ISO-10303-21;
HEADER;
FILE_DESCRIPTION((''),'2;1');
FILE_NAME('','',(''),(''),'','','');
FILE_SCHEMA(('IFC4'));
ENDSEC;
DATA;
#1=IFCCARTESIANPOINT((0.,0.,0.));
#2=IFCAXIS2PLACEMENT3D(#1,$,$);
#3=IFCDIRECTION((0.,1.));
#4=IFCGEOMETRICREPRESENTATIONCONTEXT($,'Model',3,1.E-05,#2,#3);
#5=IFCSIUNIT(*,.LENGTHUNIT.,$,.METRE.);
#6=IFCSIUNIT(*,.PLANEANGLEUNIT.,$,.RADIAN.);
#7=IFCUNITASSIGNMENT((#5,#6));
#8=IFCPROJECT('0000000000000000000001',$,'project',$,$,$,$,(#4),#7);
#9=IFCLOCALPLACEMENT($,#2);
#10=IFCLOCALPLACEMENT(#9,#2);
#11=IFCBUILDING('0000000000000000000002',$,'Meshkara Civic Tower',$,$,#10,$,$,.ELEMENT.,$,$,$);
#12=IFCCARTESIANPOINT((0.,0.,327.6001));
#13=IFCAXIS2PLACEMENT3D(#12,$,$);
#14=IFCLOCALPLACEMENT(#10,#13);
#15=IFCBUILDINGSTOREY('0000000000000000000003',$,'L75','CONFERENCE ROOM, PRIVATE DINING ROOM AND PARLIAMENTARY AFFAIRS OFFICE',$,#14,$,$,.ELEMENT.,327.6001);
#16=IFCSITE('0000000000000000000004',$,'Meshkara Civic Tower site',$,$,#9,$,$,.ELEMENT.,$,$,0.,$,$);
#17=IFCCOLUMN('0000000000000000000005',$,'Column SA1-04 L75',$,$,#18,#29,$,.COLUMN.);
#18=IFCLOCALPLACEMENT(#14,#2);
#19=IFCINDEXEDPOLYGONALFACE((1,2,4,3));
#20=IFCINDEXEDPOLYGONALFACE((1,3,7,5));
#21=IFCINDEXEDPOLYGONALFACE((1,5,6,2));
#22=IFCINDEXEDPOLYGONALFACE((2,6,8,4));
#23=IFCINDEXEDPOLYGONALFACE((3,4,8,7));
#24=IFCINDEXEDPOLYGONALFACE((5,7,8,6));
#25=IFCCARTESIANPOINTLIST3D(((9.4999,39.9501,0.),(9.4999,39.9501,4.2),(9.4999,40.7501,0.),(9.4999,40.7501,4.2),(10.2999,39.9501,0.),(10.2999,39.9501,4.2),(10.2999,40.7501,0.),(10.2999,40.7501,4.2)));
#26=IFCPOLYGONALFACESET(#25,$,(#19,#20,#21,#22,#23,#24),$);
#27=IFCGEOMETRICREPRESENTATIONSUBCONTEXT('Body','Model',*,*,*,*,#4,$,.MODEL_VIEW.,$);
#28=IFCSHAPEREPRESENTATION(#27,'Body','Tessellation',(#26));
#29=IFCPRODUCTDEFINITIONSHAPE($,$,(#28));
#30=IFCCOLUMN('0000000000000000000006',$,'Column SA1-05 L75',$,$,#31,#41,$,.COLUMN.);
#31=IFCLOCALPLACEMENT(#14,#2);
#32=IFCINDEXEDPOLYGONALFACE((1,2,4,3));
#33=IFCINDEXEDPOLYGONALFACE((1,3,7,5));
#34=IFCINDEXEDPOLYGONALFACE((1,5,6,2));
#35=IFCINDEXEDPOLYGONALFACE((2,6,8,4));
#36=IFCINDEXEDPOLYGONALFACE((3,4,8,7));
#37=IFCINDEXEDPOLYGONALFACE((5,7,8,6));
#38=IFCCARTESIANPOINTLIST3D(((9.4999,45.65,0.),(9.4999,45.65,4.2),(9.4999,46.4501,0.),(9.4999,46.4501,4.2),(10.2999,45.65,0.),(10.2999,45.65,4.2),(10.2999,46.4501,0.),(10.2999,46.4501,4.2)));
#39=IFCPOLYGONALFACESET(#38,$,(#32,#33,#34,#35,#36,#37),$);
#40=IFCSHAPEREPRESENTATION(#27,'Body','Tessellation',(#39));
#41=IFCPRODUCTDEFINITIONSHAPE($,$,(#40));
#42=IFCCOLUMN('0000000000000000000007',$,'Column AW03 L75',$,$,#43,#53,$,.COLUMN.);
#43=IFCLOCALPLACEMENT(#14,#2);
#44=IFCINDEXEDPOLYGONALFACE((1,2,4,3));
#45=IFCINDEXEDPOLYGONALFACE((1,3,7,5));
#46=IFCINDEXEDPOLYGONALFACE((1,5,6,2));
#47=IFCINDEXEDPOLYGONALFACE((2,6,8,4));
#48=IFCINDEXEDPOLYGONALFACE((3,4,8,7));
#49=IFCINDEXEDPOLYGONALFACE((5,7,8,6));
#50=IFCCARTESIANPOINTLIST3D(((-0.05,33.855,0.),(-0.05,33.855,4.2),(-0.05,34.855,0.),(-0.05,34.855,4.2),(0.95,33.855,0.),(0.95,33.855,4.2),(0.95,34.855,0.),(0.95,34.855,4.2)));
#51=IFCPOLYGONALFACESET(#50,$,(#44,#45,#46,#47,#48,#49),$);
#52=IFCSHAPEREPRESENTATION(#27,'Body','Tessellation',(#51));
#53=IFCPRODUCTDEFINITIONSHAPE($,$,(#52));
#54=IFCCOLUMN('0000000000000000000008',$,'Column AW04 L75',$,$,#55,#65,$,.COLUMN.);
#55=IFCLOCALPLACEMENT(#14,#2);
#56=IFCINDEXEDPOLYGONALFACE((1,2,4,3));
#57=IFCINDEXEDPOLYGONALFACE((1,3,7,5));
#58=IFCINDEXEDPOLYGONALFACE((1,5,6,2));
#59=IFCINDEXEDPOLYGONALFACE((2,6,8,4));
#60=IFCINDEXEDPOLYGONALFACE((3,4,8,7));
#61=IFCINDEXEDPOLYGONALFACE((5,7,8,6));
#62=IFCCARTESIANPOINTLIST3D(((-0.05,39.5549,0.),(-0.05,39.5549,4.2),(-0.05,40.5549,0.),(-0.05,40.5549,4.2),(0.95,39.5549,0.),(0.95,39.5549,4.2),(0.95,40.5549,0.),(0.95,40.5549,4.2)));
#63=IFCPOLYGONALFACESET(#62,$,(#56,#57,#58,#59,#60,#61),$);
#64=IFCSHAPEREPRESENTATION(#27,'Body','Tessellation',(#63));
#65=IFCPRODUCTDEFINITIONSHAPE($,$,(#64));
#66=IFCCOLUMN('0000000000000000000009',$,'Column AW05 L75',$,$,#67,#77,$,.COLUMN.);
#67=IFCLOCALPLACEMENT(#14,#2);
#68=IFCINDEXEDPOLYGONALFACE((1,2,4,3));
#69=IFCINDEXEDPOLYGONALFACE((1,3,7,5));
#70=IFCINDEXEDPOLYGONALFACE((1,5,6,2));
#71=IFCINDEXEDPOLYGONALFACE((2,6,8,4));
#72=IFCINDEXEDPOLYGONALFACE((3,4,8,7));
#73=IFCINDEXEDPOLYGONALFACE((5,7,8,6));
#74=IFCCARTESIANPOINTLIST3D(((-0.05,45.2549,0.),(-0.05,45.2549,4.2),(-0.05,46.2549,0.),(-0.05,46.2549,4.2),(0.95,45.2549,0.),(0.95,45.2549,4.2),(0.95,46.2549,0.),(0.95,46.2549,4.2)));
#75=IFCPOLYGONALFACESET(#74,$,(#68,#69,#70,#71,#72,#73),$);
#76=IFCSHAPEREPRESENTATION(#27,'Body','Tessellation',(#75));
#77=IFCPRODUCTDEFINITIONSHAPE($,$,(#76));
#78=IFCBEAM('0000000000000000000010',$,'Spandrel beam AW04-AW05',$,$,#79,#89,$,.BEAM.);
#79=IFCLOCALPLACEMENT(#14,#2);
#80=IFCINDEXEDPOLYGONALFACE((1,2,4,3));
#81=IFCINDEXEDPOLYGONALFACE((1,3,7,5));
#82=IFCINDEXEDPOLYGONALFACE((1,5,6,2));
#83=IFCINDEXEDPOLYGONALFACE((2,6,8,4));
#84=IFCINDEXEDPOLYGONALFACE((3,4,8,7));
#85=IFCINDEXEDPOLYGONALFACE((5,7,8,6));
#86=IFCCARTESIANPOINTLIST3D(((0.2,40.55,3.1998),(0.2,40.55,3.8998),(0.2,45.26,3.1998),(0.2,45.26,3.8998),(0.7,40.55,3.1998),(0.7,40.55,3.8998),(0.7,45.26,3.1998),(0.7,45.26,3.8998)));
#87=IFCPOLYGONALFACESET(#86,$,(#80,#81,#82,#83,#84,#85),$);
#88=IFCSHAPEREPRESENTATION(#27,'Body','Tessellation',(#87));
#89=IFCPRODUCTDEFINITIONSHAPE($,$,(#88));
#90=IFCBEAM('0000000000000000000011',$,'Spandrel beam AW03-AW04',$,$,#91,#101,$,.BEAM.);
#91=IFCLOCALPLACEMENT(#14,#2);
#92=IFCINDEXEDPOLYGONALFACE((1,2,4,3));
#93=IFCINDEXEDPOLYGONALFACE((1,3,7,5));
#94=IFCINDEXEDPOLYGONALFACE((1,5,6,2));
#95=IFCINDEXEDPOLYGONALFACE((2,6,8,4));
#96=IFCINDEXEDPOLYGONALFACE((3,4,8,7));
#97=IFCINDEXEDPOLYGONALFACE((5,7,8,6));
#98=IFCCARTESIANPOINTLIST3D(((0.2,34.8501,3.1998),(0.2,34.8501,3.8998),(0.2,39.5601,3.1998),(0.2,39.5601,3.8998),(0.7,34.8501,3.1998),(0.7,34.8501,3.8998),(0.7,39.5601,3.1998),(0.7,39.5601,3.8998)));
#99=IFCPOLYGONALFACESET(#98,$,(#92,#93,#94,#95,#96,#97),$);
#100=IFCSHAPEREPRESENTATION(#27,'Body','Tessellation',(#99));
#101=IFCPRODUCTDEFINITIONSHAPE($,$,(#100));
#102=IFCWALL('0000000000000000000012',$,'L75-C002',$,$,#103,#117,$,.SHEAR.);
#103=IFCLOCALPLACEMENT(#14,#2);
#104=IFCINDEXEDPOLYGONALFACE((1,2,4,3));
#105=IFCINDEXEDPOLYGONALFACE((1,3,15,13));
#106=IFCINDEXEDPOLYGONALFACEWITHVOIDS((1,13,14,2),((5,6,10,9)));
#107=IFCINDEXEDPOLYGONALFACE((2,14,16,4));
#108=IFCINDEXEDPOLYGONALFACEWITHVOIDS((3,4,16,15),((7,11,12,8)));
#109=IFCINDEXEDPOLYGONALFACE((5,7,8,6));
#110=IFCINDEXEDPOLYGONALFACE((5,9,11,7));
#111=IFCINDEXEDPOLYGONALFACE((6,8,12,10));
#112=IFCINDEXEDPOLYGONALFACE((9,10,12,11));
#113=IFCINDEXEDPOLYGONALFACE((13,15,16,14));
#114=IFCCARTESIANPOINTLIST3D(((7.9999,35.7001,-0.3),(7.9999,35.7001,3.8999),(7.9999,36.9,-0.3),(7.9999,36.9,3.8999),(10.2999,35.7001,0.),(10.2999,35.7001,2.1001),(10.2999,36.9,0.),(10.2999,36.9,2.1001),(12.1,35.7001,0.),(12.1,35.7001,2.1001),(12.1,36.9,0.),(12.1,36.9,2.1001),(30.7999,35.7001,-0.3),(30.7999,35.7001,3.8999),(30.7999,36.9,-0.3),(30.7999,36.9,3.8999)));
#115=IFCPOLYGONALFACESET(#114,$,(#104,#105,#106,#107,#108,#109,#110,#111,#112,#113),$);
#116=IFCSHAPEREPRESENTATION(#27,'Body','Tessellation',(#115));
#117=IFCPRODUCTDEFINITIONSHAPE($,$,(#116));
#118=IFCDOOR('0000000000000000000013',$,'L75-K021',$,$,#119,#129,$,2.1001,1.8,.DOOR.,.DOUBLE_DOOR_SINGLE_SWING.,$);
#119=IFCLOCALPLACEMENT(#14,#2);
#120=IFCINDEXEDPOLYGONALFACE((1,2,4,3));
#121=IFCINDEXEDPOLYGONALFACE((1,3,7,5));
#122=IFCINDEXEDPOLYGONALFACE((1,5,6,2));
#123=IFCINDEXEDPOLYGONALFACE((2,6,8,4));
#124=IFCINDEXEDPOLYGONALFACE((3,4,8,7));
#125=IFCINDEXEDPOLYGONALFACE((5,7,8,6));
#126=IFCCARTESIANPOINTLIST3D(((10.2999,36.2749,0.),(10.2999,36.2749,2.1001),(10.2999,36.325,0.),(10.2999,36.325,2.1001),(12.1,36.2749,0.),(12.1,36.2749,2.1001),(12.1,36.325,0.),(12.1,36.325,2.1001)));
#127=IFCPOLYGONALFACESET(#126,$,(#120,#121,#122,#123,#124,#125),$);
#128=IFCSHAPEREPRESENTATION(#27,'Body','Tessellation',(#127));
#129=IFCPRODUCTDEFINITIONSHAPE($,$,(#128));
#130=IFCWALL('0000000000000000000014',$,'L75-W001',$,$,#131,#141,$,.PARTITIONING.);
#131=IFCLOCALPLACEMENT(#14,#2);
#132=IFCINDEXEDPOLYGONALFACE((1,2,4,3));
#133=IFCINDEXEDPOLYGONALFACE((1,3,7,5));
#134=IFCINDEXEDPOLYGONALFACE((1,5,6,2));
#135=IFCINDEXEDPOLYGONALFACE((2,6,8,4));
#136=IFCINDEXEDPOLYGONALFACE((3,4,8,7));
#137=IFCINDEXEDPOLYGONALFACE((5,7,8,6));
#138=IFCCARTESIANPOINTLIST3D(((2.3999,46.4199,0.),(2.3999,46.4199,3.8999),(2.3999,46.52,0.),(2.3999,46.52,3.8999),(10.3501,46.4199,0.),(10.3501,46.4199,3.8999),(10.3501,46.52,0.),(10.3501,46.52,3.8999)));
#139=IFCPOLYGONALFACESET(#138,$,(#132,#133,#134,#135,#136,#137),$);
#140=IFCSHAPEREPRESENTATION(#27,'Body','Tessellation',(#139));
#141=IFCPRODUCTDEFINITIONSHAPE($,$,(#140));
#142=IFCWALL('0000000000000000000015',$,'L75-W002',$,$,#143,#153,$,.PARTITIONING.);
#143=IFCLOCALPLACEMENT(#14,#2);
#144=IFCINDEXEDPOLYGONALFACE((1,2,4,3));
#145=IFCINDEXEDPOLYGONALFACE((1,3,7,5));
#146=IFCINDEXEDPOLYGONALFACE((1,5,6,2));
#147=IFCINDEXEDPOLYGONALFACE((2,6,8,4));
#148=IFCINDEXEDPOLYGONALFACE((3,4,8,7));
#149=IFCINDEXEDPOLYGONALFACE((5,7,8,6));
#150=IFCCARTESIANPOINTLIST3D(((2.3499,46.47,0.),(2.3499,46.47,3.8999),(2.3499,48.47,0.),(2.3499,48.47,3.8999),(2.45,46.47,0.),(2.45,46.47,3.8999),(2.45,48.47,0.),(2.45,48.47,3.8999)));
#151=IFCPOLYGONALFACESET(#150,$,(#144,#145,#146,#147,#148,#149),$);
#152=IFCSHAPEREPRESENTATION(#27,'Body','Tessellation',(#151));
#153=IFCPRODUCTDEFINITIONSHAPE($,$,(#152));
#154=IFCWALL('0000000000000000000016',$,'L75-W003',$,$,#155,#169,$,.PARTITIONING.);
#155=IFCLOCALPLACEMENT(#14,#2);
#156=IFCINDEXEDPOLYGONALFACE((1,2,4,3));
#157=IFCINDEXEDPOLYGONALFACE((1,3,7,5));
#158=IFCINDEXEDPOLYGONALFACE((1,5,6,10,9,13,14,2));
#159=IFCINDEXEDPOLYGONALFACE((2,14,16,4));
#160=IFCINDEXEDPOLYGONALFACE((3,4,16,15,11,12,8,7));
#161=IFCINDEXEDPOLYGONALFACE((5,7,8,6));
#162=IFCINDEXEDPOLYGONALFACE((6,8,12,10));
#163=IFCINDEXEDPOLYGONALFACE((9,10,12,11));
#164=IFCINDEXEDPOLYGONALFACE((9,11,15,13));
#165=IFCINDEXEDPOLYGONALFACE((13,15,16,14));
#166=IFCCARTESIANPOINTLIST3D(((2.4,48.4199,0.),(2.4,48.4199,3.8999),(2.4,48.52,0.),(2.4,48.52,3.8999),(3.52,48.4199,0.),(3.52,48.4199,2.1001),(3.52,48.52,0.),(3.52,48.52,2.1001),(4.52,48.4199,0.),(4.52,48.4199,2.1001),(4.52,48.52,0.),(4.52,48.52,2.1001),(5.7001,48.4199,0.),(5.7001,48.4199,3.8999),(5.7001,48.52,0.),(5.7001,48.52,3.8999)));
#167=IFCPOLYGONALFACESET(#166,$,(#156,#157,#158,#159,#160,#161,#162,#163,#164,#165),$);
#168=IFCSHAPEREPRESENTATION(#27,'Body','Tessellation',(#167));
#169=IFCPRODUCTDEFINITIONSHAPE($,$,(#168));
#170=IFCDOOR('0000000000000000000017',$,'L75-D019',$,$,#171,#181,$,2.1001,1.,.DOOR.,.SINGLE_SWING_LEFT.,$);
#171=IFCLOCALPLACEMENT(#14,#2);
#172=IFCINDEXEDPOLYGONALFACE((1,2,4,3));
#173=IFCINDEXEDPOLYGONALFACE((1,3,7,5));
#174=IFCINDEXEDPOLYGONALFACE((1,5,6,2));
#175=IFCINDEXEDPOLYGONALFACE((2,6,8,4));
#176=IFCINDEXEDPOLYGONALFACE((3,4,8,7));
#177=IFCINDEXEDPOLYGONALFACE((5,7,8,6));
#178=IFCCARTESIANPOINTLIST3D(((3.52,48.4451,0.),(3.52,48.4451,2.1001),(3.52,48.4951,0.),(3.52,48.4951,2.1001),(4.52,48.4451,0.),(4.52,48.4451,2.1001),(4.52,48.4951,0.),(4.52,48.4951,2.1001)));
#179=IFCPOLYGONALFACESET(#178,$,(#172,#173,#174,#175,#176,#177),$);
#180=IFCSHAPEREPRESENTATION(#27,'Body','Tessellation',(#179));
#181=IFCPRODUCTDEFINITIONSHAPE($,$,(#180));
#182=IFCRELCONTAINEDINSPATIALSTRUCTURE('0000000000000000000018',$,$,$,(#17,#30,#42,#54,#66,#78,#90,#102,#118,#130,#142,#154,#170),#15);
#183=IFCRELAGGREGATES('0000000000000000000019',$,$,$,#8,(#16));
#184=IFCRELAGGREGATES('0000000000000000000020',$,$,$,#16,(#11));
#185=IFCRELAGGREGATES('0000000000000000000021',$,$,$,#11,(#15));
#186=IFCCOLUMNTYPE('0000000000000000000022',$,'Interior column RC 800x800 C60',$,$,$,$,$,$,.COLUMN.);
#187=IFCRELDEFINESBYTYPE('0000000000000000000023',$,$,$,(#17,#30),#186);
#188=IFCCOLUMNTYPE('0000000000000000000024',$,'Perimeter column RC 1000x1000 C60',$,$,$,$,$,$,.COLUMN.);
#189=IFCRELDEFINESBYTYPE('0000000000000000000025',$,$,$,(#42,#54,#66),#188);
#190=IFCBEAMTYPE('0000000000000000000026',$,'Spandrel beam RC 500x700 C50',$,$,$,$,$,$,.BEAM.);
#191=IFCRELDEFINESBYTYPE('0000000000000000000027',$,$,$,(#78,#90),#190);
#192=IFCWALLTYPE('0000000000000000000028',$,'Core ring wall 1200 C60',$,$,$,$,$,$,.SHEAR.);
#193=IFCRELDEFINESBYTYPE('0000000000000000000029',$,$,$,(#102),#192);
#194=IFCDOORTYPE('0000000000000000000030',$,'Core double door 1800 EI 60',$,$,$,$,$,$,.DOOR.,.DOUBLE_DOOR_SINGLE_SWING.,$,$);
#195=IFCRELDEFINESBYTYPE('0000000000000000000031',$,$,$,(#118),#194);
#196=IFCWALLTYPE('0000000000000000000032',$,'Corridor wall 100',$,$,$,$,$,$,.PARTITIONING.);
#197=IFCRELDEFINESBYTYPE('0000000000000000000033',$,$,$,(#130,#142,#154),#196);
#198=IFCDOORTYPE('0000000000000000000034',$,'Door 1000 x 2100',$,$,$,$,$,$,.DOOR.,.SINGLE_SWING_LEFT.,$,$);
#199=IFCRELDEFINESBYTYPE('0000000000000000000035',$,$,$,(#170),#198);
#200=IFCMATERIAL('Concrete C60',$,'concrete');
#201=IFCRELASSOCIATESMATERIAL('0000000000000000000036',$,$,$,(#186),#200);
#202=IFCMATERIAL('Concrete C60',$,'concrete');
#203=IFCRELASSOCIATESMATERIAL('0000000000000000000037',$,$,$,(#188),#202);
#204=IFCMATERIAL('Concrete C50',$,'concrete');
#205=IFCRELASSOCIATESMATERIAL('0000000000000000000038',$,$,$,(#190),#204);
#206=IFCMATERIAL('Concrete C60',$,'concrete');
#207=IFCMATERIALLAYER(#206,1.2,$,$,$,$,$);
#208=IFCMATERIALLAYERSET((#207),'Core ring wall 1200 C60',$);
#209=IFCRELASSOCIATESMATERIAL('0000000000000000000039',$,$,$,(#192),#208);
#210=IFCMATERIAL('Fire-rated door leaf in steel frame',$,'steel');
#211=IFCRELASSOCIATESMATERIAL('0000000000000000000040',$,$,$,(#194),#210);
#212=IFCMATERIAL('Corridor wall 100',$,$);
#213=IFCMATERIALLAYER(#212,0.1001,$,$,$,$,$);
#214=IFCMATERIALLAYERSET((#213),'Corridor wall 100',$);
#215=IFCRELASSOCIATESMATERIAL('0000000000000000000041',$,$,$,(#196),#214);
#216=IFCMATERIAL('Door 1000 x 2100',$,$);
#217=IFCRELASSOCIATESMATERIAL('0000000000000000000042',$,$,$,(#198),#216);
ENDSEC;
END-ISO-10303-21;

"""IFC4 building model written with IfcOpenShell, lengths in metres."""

from ifc_helpers import new_model, si_unit, direction, frame, frame_2d, origin, origin_2d, place, context, subcontext, project, spatial, rectangle, extrude, material, layer, layer_set, material_profile, profile_set, type_object, element, fill, save


model = new_model("IFC4")

# Units and contexts
model_context = context("Model", 3, precision=1e-05, world=origin(), true_north=direction((0.0, 1.0)))
body_context = subcontext(model_context, "Body", "Model", "MODEL_VIEW")
ifc_project = project(units=[si_unit("LENGTHUNIT", "METRE"), si_unit("PLANEANGLEUNIT", "RADIAN")], contexts=[model_context])

# Site, building, storey
site_placement = place(None, origin())
site = spatial("IfcSite", under=ifc_project, at=site_placement, Name="Meshkara Civic Tower site", CompositionType="ELEMENT", RefElevation=0.0)
building_placement = place(site_placement, origin())
building = spatial("IfcBuilding", under=site, at=building_placement, Name="Meshkara Civic Tower", CompositionType="ELEMENT")
storey_placement = place(building_placement, frame((0.0, 0.0, 327.6001)))
storey = spatial("IfcBuildingStorey", under=building, at=storey_placement, Name="L75", Description="CONFERENCE ROOM, PRIVATE DINING ROOM AND PARLIAMENTARY AFFAIRS OFFICE", CompositionType="ELEMENT", Elevation=327.6001)

# Columns
ifc_material_1 = material(Name="Concrete C60", Category="concrete")
ifc_material_profile_1 = material_profile(ifc_material_1, rectangle(XDim=0.8, YDim=0.8, at=origin_2d()))
ifc_profile_set_1 = profile_set([ifc_material_profile_1], Name="Concrete C60")
column_type_1 = type_object("IfcColumnType", Name="Interior column RC 800x800 C60", PredefinedType="COLUMN", material=ifc_profile_set_1)
for number, where, z_axis, x_axis, name in (
    (1, (9.8999, 40.3501, 0.0), (0.0, 0.0, 1.0), (1.0, 0.0, 0.0), "Column SA1-04 L75"),
    (2, (9.8999, 46.05, 0.0), (0.0, 0.0, 1.0), (1.0, 0.0, 0.0), "Column SA1-05 L75"),
):
    element("IfcColumn", number, at=place(storey_placement, frame(where, z_axis=z_axis, x_axis=x_axis)), inside=storey, type_object=column_type_1, Name=name, PredefinedType="COLUMN", context=body_context, shape_type="SweptSolid", body=[
        extrude(rectangle(XDim=0.8, YDim=0.8, at=origin_2d()), origin(), (0.0, 0.0, 1.0), 4.2),
    ])
ifc_material_2 = material(Name="Concrete C60", Category="concrete")
ifc_material_profile_2 = material_profile(ifc_material_2, rectangle(XDim=1.0, YDim=1.0, at=origin_2d()))
ifc_profile_set_2 = profile_set([ifc_material_profile_2], Name="Concrete C60")
column_type_2 = type_object("IfcColumnType", Name="Perimeter column RC 1000x1000 C60", PredefinedType="COLUMN", material=ifc_profile_set_2)
for number, where, z_axis, x_axis, name in (
    (3, (0.45, 34.355, 0.0), (0.0, 0.0, 1.0), (1.0, 0.0, 0.0), "Column AW03 L75"),
    (4, (0.45, 40.0549, 0.0), (0.0, 0.0, 1.0), (1.0, 0.0, 0.0), "Column AW04 L75"),
    (5, (0.45, 45.7549, 0.0), (0.0, 0.0, 1.0), (1.0, 0.0, 0.0), "Column AW05 L75"),
):
    element("IfcColumn", number, at=place(storey_placement, frame(where, z_axis=z_axis, x_axis=x_axis)), inside=storey, type_object=column_type_2, Name=name, PredefinedType="COLUMN", context=body_context, shape_type="SweptSolid", body=[
        extrude(rectangle(XDim=1.0, YDim=1.0, at=origin_2d()), origin(), (0.0, 0.0, 1.0), 4.2),
    ])

# Beams
ifc_material_3 = material(Name="Concrete C50", Category="concrete")
ifc_material_profile_3 = material_profile(ifc_material_3, rectangle(XDim=0.5, YDim=0.7, at=origin_2d()))
ifc_profile_set_3 = profile_set([ifc_material_profile_3], Name="Concrete C50")
beam_type = type_object("IfcBeamType", Name="Spandrel beam RC 500x700 C50", PredefinedType="BEAM", material=ifc_profile_set_3)
for number, where, z_axis, x_axis, name in (
    (6, (0.45, 45.26, 3.5498), (0.0, -1.0, 0.0), (1.0, 0.0, 0.0), "Spandrel beam AW04-AW05"),
    (7, (0.45, 39.5601, 3.5498), (0.0, -1.0, 0.0), (1.0, 0.0, 0.0), "Spandrel beam AW03-AW04"),
):
    element("IfcBeam", number, at=place(storey_placement, frame(where, z_axis=z_axis, x_axis=x_axis)), inside=storey, type_object=beam_type, Name=name, PredefinedType="BEAM", context=body_context, shape_type="SweptSolid", body=[
        extrude(rectangle(XDim=0.5, YDim=0.7, at=origin_2d()), origin(), (0.0, 0.0, 1.0), 4.71),
    ])

# Wall, opening, door
ifc_material_4 = material(Name="Concrete C60", Category="concrete")
ifc_layer_1 = layer(ifc_material_4, 1.2)
ifc_layer_set_1 = layer_set([ifc_layer_1], Name="Core ring wall 1200 C60")
wall_type_1 = type_object("IfcWallType", Name="Core ring wall 1200 C60", PredefinedType="SHEAR", material=ifc_layer_set_1)
wall_1_placement = place(storey_placement, frame((8.0, 36.3, -0.3), z_axis=(0.0, 0.0, 1.0), x_axis=(1.0, 0.0, 0.0)))
wall_1 = element("IfcWall", 8, at=wall_1_placement, inside=storey, type_object=wall_type_1, Name="L75-C002", PredefinedType="SHEAR", context=body_context, shape_type="SweptSolid", body=[
    extrude(rectangle(XDim=22.8, YDim=1.2, at=frame_2d((11.3999, 0.0))), origin(), (0.0, 0.0, 1.0), 4.2),
])
opening_1_placement = place(wall_1_placement, frame((2.3, 0.0, 0.3)))
opening_1 = element("IfcOpeningElement", 9, at=opening_1_placement, cuts=wall_1, PredefinedType="OPENING", context=body_context, shape_type="SweptSolid", body=[
    extrude(rectangle(XDim=1.8, YDim=2.1001, at=frame_2d((0.8999, 1.05))), frame((0.0, 0.6099, 0.0), z_axis=(0.0, -1.0, 0.0), x_axis=(1.0, 0.0, 0.0)), (0.0, 0.0, 1.0), 1.22),
])
ifc_material_5 = material(Name="Fire-rated door leaf in steel frame", Category="steel")
door_type_1 = type_object("IfcDoorType", Name="Core double door 1800 EI 60", OperationType="DOUBLE_DOOR_SINGLE_SWING", PredefinedType="DOOR", material=ifc_material_5)
door_1_placement = place(opening_1_placement, origin())
door_1 = element("IfcDoor", 10, at=door_1_placement, inside=storey, type_object=door_type_1, Name="L75-K021", OperationType="DOUBLE_DOOR_SINGLE_SWING", OverallHeight=2.1001, OverallWidth=1.8, PredefinedType="DOOR", context=body_context, shape_type="SweptSolid", body=[
    extrude(rectangle(XDim=1.8, YDim=2.1001, at=frame_2d((0.8999, 1.05))), frame((0.0, 0.0249, 0.0), z_axis=(0.0, -1.0, 0.0), x_axis=(1.0, 0.0, 0.0)), (0.0, 0.0, 1.0), 0.05),
])
fill(opening_1, door_1)

# Walls
ifc_material_6 = material(Name="Corridor wall 100")
ifc_layer_2 = layer(ifc_material_6, 0.1001)
ifc_layer_set_2 = layer_set([ifc_layer_2], Name="Corridor wall 100")
wall_type_2 = type_object("IfcWallType", Name="Corridor wall 100", PredefinedType="PARTITIONING", material=ifc_layer_set_2)
wall_2_placement = place(storey_placement, frame((2.3999, 46.47, 0.0), z_axis=(0.0, 0.0, 1.0), x_axis=(1.0, 0.0, 0.0)))
element("IfcWall", 11, at=wall_2_placement, inside=storey, type_object=wall_type_2, Name="L75-W001", PredefinedType="PARTITIONING", context=body_context, shape_type="SweptSolid", body=[
    extrude(rectangle(XDim=7.9502, YDim=0.1001, at=frame_2d((3.9751, 0.0))), origin(), (0.0, 0.0, 1.0), 3.8999),
])
wall_3_placement = place(storey_placement, frame((2.3999, 48.47, 0.0), z_axis=(0.0, 0.0, 1.0), x_axis=(0.0, -1.0, 0.0)))
element("IfcWall", 12, at=wall_3_placement, inside=storey, type_object=wall_type_2, Name="L75-W002", PredefinedType="PARTITIONING", context=body_context, shape_type="SweptSolid", body=[
    extrude(rectangle(XDim=2.0, YDim=0.1001, at=frame_2d((1.0, 0.0))), origin(), (0.0, 0.0, 1.0), 3.8999),
])

# Wall, opening, door
wall_4_placement = place(storey_placement, frame((5.7, 48.47, 0.0), z_axis=(0.0, 0.0, 1.0), x_axis=(-1.0, 0.0, 0.0)))
wall_4 = element("IfcWall", 13, at=wall_4_placement, inside=storey, type_object=wall_type_2, Name="L75-W003", PredefinedType="PARTITIONING", context=body_context, shape_type="SweptSolid", body=[
    extrude(rectangle(XDim=3.3, YDim=0.1001, at=frame_2d((1.6499, 0.0))), origin(), (0.0, 0.0, 1.0), 3.8999),
])
opening_2_placement = place(wall_4_placement, frame((1.1799, 0.0, 0.0)))
opening_2 = element("IfcOpeningElement", 14, at=opening_2_placement, cuts=wall_4, PredefinedType="OPENING", context=body_context, shape_type="SweptSolid", body=[
    extrude(rectangle(XDim=1.0, YDim=2.1001, at=frame_2d((0.5, 1.05))), frame((0.0, 0.0601, 0.0), z_axis=(0.0, -1.0, 0.0), x_axis=(1.0, 0.0, 0.0)), (0.0, 0.0, 1.0), 0.1201),
])
ifc_material_7 = material(Name="Door 1000 x 2100")
door_type_2 = type_object("IfcDoorType", Name="Door 1000 x 2100", OperationType="SINGLE_SWING_LEFT", PredefinedType="DOOR", material=ifc_material_7)
door_2_placement = place(opening_2_placement, origin())
door_2 = element("IfcDoor", 15, at=door_2_placement, inside=storey, type_object=door_type_2, Name="L75-D019", OperationType="SINGLE_SWING_LEFT", OverallHeight=2.1001, OverallWidth=1.0, PredefinedType="DOOR", context=body_context, shape_type="SweptSolid", body=[
    extrude(rectangle(XDim=1.0, YDim=2.1001, at=frame_2d((0.5, 1.05))), frame((0.0, 0.0249, 0.0), z_axis=(0.0, -1.0, 0.0), x_axis=(1.0, 0.0, 0.0)), (0.0, 0.0, 1.0), 0.05),
])
fill(opening_2, door_2)

save(model, "model.ifc")
